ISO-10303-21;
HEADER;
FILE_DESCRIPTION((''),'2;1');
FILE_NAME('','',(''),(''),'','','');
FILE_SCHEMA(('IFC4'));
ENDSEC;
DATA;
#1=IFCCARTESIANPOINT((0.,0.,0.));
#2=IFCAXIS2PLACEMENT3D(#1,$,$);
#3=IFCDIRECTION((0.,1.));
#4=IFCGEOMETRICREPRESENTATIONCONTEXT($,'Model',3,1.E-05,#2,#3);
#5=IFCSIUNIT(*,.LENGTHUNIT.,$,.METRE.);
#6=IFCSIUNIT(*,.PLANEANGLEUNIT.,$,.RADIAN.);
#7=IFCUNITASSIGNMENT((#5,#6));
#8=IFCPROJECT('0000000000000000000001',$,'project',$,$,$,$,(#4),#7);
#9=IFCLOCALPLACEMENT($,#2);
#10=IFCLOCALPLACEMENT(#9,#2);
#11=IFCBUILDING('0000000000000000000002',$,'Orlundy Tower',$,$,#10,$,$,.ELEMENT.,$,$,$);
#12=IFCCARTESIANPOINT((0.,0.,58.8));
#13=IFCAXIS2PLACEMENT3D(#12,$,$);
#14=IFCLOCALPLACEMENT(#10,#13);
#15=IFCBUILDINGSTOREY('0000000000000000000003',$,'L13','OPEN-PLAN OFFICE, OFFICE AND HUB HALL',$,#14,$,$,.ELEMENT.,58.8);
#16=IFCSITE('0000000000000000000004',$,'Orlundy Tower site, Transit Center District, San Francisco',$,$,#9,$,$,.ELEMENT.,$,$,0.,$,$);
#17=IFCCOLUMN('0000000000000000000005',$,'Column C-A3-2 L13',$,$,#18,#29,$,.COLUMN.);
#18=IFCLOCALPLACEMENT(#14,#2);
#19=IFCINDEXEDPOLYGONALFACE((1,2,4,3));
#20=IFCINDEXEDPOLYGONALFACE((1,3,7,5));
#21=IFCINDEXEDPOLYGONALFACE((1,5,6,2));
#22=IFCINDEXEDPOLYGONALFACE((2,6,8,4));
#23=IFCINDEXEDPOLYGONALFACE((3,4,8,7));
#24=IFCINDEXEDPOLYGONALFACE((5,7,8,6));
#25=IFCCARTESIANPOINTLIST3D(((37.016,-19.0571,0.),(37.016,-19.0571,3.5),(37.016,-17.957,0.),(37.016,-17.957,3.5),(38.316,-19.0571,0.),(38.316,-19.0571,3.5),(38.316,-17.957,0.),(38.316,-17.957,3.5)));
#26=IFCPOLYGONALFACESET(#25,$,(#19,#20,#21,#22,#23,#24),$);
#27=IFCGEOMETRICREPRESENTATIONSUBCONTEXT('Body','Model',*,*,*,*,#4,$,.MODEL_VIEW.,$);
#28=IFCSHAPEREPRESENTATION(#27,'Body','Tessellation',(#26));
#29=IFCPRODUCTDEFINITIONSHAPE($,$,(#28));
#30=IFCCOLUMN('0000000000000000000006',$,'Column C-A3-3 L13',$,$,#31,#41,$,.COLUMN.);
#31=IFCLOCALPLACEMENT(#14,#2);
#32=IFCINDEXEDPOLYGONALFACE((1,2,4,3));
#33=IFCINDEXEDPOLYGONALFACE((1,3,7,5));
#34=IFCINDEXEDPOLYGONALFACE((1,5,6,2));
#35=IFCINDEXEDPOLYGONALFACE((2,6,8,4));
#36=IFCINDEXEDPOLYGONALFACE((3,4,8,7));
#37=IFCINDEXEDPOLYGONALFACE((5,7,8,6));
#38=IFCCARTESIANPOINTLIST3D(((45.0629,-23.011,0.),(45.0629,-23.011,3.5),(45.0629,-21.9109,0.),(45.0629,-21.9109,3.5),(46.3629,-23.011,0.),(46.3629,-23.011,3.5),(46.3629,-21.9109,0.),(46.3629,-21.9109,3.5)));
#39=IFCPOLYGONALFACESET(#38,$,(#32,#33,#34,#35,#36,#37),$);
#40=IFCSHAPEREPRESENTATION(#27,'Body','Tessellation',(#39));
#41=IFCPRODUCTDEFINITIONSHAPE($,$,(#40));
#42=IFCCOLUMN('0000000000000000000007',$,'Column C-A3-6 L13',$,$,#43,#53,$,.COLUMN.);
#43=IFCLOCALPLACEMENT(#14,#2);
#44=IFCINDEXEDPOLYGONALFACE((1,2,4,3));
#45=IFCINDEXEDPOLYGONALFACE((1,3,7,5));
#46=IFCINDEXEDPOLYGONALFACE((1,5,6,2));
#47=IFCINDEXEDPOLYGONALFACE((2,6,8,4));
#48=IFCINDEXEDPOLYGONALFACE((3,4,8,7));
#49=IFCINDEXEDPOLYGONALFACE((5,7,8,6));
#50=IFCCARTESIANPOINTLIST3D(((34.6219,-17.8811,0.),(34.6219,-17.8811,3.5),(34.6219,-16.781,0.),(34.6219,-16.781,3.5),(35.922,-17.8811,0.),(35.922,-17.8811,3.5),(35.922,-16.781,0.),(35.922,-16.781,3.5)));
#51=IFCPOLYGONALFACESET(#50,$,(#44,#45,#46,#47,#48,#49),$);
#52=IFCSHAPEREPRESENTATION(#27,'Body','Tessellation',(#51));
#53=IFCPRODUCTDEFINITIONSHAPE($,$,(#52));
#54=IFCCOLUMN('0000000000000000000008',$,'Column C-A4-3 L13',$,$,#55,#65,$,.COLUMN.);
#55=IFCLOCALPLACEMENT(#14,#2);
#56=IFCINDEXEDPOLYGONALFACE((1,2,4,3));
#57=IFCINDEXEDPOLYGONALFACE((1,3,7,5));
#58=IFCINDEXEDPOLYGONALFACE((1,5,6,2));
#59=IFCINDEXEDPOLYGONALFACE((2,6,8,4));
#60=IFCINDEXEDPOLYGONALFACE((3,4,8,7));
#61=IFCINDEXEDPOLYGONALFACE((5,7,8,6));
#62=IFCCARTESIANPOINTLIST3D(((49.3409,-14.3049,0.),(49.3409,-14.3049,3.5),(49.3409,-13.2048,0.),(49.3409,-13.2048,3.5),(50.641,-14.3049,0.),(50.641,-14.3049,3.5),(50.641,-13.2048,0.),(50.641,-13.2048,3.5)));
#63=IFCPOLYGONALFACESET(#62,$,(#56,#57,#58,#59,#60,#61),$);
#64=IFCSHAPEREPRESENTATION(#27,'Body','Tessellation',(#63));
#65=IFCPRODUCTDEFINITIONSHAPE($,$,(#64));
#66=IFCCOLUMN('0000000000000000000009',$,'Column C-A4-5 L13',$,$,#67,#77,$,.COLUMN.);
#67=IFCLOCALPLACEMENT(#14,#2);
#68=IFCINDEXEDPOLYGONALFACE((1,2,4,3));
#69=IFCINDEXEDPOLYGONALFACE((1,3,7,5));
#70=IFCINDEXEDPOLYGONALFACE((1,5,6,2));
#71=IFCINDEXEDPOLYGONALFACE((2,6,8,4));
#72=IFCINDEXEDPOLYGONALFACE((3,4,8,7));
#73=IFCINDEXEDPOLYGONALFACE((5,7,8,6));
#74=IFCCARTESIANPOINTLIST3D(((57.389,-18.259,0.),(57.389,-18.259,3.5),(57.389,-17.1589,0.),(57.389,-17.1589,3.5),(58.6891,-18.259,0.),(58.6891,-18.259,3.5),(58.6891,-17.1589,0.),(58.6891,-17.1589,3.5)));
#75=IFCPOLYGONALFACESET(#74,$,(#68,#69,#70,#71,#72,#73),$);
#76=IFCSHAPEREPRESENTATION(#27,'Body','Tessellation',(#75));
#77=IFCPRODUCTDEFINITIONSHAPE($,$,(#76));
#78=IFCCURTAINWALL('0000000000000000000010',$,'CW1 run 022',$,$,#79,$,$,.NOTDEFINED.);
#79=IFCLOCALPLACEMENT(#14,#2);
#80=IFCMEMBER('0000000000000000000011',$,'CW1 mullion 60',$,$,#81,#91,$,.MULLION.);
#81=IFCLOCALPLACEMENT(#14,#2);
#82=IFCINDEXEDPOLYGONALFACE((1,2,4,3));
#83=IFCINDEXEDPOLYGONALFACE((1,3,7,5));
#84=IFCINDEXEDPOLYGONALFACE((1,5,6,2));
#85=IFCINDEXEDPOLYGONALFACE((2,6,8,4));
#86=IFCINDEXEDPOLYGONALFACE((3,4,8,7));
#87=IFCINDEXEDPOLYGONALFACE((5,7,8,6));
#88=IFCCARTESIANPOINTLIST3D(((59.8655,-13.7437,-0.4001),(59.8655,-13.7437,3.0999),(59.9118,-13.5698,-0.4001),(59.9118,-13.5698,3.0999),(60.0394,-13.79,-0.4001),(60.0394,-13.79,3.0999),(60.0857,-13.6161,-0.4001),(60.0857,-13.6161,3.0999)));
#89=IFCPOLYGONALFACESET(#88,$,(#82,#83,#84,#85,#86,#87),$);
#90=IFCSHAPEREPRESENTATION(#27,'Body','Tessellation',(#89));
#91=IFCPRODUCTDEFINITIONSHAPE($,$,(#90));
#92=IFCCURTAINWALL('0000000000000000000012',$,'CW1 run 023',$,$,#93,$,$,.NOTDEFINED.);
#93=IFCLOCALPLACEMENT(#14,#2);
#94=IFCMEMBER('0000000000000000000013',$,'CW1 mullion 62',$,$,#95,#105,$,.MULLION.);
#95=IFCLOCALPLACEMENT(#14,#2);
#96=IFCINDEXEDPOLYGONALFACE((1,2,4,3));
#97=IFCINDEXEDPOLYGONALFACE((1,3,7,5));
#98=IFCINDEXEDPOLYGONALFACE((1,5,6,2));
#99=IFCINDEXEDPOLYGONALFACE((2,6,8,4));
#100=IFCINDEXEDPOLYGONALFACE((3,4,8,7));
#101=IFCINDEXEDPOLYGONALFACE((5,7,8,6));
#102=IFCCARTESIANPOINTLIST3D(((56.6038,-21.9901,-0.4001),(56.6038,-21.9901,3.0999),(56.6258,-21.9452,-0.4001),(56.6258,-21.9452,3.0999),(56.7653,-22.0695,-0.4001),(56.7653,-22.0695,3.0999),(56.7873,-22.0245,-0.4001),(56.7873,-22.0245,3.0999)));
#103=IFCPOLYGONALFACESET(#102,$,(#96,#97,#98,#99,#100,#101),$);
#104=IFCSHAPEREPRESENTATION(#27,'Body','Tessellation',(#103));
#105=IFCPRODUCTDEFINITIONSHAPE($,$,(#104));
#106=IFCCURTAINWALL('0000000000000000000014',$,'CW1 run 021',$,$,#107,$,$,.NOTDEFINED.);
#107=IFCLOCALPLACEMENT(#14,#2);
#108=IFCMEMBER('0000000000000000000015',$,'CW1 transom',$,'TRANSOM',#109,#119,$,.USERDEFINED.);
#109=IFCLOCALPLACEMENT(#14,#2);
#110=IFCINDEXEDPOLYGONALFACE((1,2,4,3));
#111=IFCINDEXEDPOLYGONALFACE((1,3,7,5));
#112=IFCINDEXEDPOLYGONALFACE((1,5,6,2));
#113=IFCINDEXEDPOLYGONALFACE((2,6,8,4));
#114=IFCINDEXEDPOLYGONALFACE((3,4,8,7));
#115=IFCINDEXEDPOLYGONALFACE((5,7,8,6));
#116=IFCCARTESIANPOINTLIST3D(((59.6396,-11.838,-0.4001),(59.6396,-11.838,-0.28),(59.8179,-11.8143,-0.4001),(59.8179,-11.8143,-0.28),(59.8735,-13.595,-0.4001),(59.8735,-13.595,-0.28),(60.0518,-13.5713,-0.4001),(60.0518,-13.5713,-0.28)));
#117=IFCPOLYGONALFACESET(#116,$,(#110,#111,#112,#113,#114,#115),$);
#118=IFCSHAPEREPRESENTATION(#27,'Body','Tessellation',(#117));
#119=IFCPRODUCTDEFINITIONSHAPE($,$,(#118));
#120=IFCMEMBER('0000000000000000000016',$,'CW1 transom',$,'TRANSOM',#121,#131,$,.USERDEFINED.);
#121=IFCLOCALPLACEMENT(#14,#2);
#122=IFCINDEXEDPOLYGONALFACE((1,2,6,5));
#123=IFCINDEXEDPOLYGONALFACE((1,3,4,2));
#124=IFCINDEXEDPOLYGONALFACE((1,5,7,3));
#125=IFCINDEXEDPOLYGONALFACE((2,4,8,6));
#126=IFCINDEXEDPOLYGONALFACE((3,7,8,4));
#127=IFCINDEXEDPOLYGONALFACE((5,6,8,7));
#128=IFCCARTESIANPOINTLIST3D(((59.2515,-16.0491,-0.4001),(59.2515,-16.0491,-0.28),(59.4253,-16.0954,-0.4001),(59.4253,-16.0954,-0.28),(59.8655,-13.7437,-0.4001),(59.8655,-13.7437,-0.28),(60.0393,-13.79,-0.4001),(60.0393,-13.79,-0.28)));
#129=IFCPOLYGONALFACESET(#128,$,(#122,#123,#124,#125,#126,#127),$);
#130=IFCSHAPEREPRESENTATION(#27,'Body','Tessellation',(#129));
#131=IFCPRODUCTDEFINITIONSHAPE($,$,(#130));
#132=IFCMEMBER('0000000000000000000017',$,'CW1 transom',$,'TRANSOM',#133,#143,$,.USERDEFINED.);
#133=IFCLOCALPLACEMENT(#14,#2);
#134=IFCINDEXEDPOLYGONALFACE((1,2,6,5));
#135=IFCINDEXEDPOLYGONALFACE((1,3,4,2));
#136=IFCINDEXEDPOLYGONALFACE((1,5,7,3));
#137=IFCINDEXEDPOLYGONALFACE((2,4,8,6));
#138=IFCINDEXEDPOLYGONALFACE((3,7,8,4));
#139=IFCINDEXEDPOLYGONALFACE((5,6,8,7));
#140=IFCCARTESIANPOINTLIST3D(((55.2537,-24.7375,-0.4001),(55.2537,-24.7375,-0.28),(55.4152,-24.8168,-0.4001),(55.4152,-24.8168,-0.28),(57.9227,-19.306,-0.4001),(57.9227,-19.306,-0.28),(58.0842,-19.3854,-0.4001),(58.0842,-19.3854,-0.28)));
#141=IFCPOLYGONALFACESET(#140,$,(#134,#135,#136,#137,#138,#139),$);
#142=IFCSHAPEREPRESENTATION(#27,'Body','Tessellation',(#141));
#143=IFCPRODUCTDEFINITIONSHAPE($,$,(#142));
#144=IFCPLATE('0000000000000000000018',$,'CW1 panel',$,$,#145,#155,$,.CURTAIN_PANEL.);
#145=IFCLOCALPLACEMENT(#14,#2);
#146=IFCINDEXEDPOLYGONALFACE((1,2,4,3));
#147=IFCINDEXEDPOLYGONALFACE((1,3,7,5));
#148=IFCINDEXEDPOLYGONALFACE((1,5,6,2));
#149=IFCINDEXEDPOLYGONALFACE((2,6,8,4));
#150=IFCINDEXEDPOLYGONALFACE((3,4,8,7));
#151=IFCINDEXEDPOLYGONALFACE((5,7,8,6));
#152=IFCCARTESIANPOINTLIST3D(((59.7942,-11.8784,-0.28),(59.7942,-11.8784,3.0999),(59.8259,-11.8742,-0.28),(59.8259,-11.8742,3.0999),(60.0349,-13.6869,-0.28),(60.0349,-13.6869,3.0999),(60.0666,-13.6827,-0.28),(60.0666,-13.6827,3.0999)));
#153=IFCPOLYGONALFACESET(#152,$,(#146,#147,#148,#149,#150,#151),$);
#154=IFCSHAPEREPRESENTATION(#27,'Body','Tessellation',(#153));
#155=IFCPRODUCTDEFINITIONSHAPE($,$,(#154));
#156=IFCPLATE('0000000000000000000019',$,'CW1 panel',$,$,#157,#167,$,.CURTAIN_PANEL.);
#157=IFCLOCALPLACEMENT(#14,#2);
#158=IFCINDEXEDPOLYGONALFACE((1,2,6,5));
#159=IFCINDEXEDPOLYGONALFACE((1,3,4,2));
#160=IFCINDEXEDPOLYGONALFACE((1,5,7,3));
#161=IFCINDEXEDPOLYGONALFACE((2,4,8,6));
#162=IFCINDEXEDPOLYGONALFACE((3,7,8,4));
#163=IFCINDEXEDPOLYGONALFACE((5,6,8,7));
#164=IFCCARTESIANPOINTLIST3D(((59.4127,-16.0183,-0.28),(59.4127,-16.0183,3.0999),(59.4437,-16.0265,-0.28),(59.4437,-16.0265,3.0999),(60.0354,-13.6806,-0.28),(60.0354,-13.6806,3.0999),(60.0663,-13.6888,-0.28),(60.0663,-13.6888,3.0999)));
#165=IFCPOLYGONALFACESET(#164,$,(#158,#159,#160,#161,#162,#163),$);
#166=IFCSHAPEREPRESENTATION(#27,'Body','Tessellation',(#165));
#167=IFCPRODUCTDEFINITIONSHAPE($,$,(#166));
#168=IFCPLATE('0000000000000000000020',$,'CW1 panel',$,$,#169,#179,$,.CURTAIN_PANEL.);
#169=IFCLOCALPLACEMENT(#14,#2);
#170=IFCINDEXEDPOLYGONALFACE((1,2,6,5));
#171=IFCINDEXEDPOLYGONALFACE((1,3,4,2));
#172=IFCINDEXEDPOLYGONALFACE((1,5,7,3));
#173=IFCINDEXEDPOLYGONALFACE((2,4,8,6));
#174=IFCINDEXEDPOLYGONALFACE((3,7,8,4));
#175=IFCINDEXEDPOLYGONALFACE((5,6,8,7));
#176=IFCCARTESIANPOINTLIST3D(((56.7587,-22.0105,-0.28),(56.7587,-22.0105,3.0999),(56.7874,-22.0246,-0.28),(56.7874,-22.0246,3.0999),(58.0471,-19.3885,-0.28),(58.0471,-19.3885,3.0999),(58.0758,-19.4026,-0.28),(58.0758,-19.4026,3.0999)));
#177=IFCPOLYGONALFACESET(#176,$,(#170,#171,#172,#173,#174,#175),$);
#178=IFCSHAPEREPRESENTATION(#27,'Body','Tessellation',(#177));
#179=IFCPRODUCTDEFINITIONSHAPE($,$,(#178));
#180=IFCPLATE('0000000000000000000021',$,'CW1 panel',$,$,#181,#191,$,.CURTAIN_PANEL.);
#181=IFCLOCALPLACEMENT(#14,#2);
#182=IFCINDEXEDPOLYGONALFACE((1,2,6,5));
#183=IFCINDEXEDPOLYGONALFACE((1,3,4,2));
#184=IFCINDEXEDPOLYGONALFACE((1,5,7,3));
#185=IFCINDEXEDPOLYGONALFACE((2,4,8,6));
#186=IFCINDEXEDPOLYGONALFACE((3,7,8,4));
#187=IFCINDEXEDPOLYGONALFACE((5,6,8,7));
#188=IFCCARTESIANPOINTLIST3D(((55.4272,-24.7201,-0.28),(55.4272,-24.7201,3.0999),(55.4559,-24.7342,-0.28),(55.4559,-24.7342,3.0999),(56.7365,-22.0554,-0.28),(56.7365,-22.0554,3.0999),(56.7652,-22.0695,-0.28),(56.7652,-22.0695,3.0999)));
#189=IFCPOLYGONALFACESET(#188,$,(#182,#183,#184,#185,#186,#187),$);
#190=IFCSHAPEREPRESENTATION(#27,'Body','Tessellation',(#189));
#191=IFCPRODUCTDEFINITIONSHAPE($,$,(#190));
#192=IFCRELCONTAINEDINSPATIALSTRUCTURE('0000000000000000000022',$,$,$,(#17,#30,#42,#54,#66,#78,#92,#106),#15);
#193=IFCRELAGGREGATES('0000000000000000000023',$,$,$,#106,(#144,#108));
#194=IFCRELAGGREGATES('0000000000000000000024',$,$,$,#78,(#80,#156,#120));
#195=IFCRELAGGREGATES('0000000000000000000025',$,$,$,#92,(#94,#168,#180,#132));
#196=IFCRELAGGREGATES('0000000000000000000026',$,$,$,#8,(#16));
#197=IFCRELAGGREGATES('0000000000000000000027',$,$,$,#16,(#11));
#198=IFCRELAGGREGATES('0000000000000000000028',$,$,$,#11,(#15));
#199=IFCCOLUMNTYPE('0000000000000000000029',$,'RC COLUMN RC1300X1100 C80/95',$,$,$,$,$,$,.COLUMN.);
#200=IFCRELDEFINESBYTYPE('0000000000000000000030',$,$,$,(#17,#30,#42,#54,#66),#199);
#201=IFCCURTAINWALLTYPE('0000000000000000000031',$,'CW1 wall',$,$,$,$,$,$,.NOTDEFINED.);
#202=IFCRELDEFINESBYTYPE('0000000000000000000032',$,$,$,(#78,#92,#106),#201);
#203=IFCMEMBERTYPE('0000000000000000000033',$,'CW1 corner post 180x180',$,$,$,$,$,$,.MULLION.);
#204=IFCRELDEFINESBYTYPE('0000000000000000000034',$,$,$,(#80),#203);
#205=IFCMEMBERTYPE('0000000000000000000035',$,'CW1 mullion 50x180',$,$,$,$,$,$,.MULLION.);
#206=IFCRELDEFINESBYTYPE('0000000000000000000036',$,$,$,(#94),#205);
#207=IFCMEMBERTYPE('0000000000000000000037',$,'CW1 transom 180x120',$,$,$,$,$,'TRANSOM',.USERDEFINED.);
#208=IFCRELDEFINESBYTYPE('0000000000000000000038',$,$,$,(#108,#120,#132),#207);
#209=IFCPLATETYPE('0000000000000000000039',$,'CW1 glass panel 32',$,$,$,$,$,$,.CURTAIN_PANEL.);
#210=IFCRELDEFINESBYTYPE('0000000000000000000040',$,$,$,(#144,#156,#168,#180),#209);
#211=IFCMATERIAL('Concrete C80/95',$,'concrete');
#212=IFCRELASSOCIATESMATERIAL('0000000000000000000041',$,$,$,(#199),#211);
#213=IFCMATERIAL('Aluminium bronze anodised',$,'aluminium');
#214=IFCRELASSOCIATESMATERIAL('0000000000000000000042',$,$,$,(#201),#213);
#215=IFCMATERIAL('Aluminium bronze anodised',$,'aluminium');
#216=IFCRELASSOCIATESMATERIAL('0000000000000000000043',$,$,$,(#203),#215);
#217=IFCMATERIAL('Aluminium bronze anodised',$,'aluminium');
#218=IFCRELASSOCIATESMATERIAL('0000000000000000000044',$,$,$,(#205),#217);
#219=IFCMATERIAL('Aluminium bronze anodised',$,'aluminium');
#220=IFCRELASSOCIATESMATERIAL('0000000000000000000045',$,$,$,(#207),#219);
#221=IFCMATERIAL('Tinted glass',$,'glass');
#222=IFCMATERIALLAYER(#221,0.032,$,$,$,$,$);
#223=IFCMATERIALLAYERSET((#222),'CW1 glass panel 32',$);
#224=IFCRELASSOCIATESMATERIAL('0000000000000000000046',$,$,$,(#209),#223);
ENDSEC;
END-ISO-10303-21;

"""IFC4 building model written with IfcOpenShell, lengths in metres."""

from ifc_helpers import new_model, si_unit, direction, frame, origin, origin_2d, place, context, subcontext, project, spatial, rectangle, extrude, material, layer, layer_set, material_profile, profile_set, type_object, element, aggregate, save


model = new_model("IFC4")

# Units and contexts
model_context = context("Model", 3, precision=1e-05, world=origin(), true_north=direction((0.0, 1.0)))
body_context = subcontext(model_context, "Body", "Model", "MODEL_VIEW")
ifc_project = project(units=[si_unit("LENGTHUNIT", "METRE"), si_unit("PLANEANGLEUNIT", "RADIAN")], contexts=[model_context])

# Site, building, storey
site_placement = place(None, origin())
site = spatial("IfcSite", under=ifc_project, at=site_placement, Name="Orlundy Tower site, Transit Center District, San Francisco", CompositionType="ELEMENT", RefElevation=0.0)
building_placement = place(site_placement, origin())
building = spatial("IfcBuilding", under=site, at=building_placement, Name="Orlundy Tower", CompositionType="ELEMENT")
storey_placement = place(building_placement, frame((0.0, 0.0, 58.8)))
storey = spatial("IfcBuildingStorey", under=building, at=storey_placement, Name="L13", Description="OPEN-PLAN OFFICE, OFFICE AND HUB HALL", CompositionType="ELEMENT", Elevation=58.8)

# Columns
ifc_material_1 = material(Name="Concrete C80/95", Category="concrete")
ifc_material_profile_1 = material_profile(ifc_material_1, rectangle(XDim=1.3, YDim=1.1001, at=origin_2d()), Name="RC1300X1100")
ifc_profile_set_1 = profile_set([ifc_material_profile_1], Name="Concrete C80/95")
column_type = type_object("IfcColumnType", Name="RC COLUMN RC1300X1100 C80/95", PredefinedType="COLUMN", material=ifc_profile_set_1)
for number, where, z_axis, x_axis, name in (
    (1, (37.666, -18.5071, 0.0), (0.0, 0.0, 1.0), (1.0, 0.0, 0.0), "Column C-A3-2 L13"),
    (2, (45.7129, -22.4609, 0.0), (0.0, 0.0, 1.0), (1.0, 0.0, 0.0), "Column C-A3-3 L13"),
    (3, (35.272, -17.3311, 0.0), (0.0, 0.0, 1.0), (1.0, 0.0, 0.0), "Column C-A3-6 L13"),
    (4, (49.991, -13.7549, 0.0), (0.0, 0.0, 1.0), (1.0, 0.0, 0.0), "Column C-A4-3 L13"),
    (5, (58.0391, -17.709, 0.0), (0.0, 0.0, 1.0), (1.0, 0.0, 0.0), "Column C-A4-5 L13"),
):
    element("IfcColumn", number, at=place(storey_placement, frame(where, z_axis=z_axis, x_axis=x_axis)), inside=storey, type_object=column_type, Name=name, PredefinedType="COLUMN", context=body_context, shape_type="SweptSolid", body=[
        extrude(rectangle(XDim=1.3, YDim=1.1001, at=origin_2d()), origin(), (0.0, 0.0, 1.0), 3.5),
    ])

# Curtain walls, members
ifc_material_2 = material(Name="Aluminium bronze anodised", Category="aluminium")
curtain_wall_type = type_object("IfcCurtainWallType", Name="CW1 wall", PredefinedType="NOTDEFINED", material=ifc_material_2)
curtain_wall_1_placement = place(storey_placement, origin())
curtain_wall_1 = element("IfcCurtainWall", 6, at=curtain_wall_1_placement, inside=storey, type_object=curtain_wall_type, Name="CW1 run 022", PredefinedType="NOTDEFINED")
ifc_material_3 = material(Name="Aluminium bronze anodised", Category="aluminium")
ifc_material_profile_2 = material_profile(ifc_material_3, rectangle(XDim=0.1799, YDim=0.1799, at=origin_2d()), Name="CW1 corner post 180x180")
ifc_profile_set_2 = profile_set([ifc_material_profile_2], Name="Aluminium bronze anodised")
member_type_1 = type_object("IfcMemberType", Name="CW1 corner post 180x180", PredefinedType="MULLION", material=ifc_profile_set_2)
member_1_placement = place(storey_placement, frame((59.9756, -13.6799, -0.4001), z_axis=(0.0, 0.0, 1.0), x_axis=(0.966315, -0.25736, 0.0)))
member_1 = element("IfcMember", 7, at=member_1_placement, type_object=member_type_1, Name="CW1 mullion 60", PredefinedType="MULLION", context=body_context, shape_type="SweptSolid", body=[
    extrude(rectangle(XDim=0.1799, YDim=0.1799, at=origin_2d()), origin(), (0.0, 0.0, 1.0), 3.5),
])
curtain_wall_2_placement = place(storey_placement, origin())
curtain_wall_2 = element("IfcCurtainWall", 8, at=curtain_wall_2_placement, inside=storey, type_object=curtain_wall_type, Name="CW1 run 023", PredefinedType="NOTDEFINED")
ifc_material_4 = material(Name="Aluminium bronze anodised", Category="aluminium")
ifc_material_profile_3 = material_profile(ifc_material_4, rectangle(XDim=0.1799, YDim=0.05, at=origin_2d()), Name="CW1 mullion 50x180")
ifc_profile_set_3 = profile_set([ifc_material_profile_3], Name="Aluminium bronze anodised")
member_type_2 = type_object("IfcMemberType", Name="CW1 mullion 50x180", PredefinedType="MULLION", material=ifc_profile_set_3)
member_2_placement = place(storey_placement, frame((56.6956, -22.0073, -0.4001), z_axis=(0.0, 0.0, 1.0), x_axis=(0.897501, -0.441012, 0.0)))
member_2 = element("IfcMember", 9, at=member_2_placement, type_object=member_type_2, Name="CW1 mullion 62", PredefinedType="MULLION", context=body_context, shape_type="SweptSolid", body=[
    extrude(rectangle(XDim=0.1799, YDim=0.05, at=origin_2d()), origin(), (0.0, 0.0, 1.0), 3.5),
])
curtain_wall_3_placement = place(storey_placement, origin())
curtain_wall_3 = element("IfcCurtainWall", 10, at=curtain_wall_3_placement, inside=storey, type_object=curtain_wall_type, Name="CW1 run 021", PredefinedType="NOTDEFINED")
ifc_material_5 = material(Name="Aluminium bronze anodised", Category="aluminium")
ifc_material_profile_4 = material_profile(ifc_material_5, rectangle(XDim=0.1799, YDim=0.1201, at=origin_2d()), Name="CW1 transom 180x120")
ifc_profile_set_4 = profile_set([ifc_material_profile_4], Name="Aluminium bronze anodised")
member_type_3 = type_object("IfcMemberType", Name="CW1 transom 180x120", ElementType="TRANSOM", PredefinedType="USERDEFINED", material=ifc_profile_set_4)
member_3_placement = place(storey_placement, frame((59.7288, -11.8262, -0.3401), z_axis=(0.131947, -0.991257, 0.0), x_axis=(0.991257, 0.131947, 0.0)))
member_3 = element("IfcMember", 11, at=member_3_placement, type_object=member_type_3, Name="CW1 transom", ObjectType="TRANSOM", PredefinedType="USERDEFINED", context=body_context, shape_type="SweptSolid", body=[
    extrude(rectangle(XDim=0.1799, YDim=0.1201, at=origin_2d()), origin(), (0.0, 0.0, 1.0), 1.7725),
])

# Members
member_4_placement = place(storey_placement, frame((59.9524, -13.7668, -0.3401), z_axis=(-0.257363, -0.966315, 0.0), x_axis=(0.966315, -0.257363, 0.0)))
member_4 = element("IfcMember", 12, at=member_4_placement, type_object=member_type_3, Name="CW1 transom", ObjectType="TRANSOM", PredefinedType="USERDEFINED", context=body_context, shape_type="SweptSolid", body=[
    extrude(rectangle(XDim=0.1799, YDim=0.1201, at=origin_2d()), origin(), (0.0, 0.0, 1.0), 2.3857),
])
member_5_placement = place(storey_placement, frame((58.0034, -19.3457, -0.3401), z_axis=(-0.441022, -0.897496, 0.0), x_axis=(0.897496, -0.441022, 0.0)))
member_5 = element("IfcMember", 13, at=member_5_placement, type_object=member_type_3, Name="CW1 transom", ObjectType="TRANSOM", PredefinedType="USERDEFINED", context=body_context, shape_type="SweptSolid", body=[
    extrude(rectangle(XDim=0.1799, YDim=0.1201, at=origin_2d()), origin(), (0.0, 0.0, 1.0), 6.0518),
])

# Plates
ifc_material_6 = material(Name="Tinted glass", Category="glass")
ifc_layer_1 = layer(ifc_material_6, 0.032)
ifc_layer_set_1 = layer_set([ifc_layer_1], Name="CW1 glass panel 32")
plate_type = type_object("IfcPlateType", Name="CW1 glass panel 32", PredefinedType="CURTAIN_PANEL", material=ifc_layer_set_1)
plate_1_placement = place(storey_placement, frame((59.9304, -12.7805, -0.28), z_axis=(0.0, 0.0, 1.0), x_axis=(0.131934, -0.991259, 0.0)))
plate_1 = element("IfcPlate", 14, at=plate_1_placement, type_object=plate_type, Name="CW1 panel", PredefinedType="CURTAIN_PANEL", context=body_context, shape_type="SweptSolid", body=[
    extrude(rectangle(XDim=1.8245, YDim=0.032, at=origin_2d()), origin(), (0.0, 0.0, 1.0), 3.3799),
])
aggregate(curtain_wall_3, [plate_1, member_3])
plate_2_placement = place(storey_placement, frame((59.7395, -14.8535, -0.28), z_axis=(0.0, 0.0, 1.0), x_axis=(-0.25736, -0.966315, 0.0)))
plate_2 = element("IfcPlate", 15, at=plate_2_placement, type_object=plate_type, Name="CW1 panel", PredefinedType="CURTAIN_PANEL", context=body_context, shape_type="SweptSolid", body=[
    extrude(rectangle(XDim=2.4192, YDim=0.032, at=origin_2d()), origin(), (0.0, 0.0, 1.0), 3.3799),
])
aggregate(curtain_wall_1, [member_1, plate_2, member_4])
plate_3_placement = place(storey_placement, frame((57.4172, -20.7065, -0.28), z_axis=(0.0, 0.0, 1.0), x_axis=(-0.441012, -0.897501, 0.0)))
plate_3 = element("IfcPlate", 16, at=plate_3_placement, type_object=plate_type, Name="CW1 panel", PredefinedType="CURTAIN_PANEL", context=body_context, shape_type="SweptSolid", body=[
    extrude(rectangle(XDim=2.9214, YDim=0.032, at=origin_2d()), origin(), (0.0, 0.0, 1.0), 3.3799),
])
plate_4_placement = place(storey_placement, frame((56.0962, -23.3948, -0.28), z_axis=(0.0, 0.0, 1.0), x_axis=(-0.441012, -0.897501, 0.0)))
plate_4 = element("IfcPlate", 17, at=plate_4_placement, type_object=plate_type, Name="CW1 panel", PredefinedType="CURTAIN_PANEL", context=body_context, shape_type="SweptSolid", body=[
    extrude(rectangle(XDim=2.969, YDim=0.032, at=origin_2d()), origin(), (0.0, 0.0, 1.0), 3.3799),
])
aggregate(curtain_wall_2, [member_2, plate_3, plate_4, member_5])

save(model, "model.ifc")
